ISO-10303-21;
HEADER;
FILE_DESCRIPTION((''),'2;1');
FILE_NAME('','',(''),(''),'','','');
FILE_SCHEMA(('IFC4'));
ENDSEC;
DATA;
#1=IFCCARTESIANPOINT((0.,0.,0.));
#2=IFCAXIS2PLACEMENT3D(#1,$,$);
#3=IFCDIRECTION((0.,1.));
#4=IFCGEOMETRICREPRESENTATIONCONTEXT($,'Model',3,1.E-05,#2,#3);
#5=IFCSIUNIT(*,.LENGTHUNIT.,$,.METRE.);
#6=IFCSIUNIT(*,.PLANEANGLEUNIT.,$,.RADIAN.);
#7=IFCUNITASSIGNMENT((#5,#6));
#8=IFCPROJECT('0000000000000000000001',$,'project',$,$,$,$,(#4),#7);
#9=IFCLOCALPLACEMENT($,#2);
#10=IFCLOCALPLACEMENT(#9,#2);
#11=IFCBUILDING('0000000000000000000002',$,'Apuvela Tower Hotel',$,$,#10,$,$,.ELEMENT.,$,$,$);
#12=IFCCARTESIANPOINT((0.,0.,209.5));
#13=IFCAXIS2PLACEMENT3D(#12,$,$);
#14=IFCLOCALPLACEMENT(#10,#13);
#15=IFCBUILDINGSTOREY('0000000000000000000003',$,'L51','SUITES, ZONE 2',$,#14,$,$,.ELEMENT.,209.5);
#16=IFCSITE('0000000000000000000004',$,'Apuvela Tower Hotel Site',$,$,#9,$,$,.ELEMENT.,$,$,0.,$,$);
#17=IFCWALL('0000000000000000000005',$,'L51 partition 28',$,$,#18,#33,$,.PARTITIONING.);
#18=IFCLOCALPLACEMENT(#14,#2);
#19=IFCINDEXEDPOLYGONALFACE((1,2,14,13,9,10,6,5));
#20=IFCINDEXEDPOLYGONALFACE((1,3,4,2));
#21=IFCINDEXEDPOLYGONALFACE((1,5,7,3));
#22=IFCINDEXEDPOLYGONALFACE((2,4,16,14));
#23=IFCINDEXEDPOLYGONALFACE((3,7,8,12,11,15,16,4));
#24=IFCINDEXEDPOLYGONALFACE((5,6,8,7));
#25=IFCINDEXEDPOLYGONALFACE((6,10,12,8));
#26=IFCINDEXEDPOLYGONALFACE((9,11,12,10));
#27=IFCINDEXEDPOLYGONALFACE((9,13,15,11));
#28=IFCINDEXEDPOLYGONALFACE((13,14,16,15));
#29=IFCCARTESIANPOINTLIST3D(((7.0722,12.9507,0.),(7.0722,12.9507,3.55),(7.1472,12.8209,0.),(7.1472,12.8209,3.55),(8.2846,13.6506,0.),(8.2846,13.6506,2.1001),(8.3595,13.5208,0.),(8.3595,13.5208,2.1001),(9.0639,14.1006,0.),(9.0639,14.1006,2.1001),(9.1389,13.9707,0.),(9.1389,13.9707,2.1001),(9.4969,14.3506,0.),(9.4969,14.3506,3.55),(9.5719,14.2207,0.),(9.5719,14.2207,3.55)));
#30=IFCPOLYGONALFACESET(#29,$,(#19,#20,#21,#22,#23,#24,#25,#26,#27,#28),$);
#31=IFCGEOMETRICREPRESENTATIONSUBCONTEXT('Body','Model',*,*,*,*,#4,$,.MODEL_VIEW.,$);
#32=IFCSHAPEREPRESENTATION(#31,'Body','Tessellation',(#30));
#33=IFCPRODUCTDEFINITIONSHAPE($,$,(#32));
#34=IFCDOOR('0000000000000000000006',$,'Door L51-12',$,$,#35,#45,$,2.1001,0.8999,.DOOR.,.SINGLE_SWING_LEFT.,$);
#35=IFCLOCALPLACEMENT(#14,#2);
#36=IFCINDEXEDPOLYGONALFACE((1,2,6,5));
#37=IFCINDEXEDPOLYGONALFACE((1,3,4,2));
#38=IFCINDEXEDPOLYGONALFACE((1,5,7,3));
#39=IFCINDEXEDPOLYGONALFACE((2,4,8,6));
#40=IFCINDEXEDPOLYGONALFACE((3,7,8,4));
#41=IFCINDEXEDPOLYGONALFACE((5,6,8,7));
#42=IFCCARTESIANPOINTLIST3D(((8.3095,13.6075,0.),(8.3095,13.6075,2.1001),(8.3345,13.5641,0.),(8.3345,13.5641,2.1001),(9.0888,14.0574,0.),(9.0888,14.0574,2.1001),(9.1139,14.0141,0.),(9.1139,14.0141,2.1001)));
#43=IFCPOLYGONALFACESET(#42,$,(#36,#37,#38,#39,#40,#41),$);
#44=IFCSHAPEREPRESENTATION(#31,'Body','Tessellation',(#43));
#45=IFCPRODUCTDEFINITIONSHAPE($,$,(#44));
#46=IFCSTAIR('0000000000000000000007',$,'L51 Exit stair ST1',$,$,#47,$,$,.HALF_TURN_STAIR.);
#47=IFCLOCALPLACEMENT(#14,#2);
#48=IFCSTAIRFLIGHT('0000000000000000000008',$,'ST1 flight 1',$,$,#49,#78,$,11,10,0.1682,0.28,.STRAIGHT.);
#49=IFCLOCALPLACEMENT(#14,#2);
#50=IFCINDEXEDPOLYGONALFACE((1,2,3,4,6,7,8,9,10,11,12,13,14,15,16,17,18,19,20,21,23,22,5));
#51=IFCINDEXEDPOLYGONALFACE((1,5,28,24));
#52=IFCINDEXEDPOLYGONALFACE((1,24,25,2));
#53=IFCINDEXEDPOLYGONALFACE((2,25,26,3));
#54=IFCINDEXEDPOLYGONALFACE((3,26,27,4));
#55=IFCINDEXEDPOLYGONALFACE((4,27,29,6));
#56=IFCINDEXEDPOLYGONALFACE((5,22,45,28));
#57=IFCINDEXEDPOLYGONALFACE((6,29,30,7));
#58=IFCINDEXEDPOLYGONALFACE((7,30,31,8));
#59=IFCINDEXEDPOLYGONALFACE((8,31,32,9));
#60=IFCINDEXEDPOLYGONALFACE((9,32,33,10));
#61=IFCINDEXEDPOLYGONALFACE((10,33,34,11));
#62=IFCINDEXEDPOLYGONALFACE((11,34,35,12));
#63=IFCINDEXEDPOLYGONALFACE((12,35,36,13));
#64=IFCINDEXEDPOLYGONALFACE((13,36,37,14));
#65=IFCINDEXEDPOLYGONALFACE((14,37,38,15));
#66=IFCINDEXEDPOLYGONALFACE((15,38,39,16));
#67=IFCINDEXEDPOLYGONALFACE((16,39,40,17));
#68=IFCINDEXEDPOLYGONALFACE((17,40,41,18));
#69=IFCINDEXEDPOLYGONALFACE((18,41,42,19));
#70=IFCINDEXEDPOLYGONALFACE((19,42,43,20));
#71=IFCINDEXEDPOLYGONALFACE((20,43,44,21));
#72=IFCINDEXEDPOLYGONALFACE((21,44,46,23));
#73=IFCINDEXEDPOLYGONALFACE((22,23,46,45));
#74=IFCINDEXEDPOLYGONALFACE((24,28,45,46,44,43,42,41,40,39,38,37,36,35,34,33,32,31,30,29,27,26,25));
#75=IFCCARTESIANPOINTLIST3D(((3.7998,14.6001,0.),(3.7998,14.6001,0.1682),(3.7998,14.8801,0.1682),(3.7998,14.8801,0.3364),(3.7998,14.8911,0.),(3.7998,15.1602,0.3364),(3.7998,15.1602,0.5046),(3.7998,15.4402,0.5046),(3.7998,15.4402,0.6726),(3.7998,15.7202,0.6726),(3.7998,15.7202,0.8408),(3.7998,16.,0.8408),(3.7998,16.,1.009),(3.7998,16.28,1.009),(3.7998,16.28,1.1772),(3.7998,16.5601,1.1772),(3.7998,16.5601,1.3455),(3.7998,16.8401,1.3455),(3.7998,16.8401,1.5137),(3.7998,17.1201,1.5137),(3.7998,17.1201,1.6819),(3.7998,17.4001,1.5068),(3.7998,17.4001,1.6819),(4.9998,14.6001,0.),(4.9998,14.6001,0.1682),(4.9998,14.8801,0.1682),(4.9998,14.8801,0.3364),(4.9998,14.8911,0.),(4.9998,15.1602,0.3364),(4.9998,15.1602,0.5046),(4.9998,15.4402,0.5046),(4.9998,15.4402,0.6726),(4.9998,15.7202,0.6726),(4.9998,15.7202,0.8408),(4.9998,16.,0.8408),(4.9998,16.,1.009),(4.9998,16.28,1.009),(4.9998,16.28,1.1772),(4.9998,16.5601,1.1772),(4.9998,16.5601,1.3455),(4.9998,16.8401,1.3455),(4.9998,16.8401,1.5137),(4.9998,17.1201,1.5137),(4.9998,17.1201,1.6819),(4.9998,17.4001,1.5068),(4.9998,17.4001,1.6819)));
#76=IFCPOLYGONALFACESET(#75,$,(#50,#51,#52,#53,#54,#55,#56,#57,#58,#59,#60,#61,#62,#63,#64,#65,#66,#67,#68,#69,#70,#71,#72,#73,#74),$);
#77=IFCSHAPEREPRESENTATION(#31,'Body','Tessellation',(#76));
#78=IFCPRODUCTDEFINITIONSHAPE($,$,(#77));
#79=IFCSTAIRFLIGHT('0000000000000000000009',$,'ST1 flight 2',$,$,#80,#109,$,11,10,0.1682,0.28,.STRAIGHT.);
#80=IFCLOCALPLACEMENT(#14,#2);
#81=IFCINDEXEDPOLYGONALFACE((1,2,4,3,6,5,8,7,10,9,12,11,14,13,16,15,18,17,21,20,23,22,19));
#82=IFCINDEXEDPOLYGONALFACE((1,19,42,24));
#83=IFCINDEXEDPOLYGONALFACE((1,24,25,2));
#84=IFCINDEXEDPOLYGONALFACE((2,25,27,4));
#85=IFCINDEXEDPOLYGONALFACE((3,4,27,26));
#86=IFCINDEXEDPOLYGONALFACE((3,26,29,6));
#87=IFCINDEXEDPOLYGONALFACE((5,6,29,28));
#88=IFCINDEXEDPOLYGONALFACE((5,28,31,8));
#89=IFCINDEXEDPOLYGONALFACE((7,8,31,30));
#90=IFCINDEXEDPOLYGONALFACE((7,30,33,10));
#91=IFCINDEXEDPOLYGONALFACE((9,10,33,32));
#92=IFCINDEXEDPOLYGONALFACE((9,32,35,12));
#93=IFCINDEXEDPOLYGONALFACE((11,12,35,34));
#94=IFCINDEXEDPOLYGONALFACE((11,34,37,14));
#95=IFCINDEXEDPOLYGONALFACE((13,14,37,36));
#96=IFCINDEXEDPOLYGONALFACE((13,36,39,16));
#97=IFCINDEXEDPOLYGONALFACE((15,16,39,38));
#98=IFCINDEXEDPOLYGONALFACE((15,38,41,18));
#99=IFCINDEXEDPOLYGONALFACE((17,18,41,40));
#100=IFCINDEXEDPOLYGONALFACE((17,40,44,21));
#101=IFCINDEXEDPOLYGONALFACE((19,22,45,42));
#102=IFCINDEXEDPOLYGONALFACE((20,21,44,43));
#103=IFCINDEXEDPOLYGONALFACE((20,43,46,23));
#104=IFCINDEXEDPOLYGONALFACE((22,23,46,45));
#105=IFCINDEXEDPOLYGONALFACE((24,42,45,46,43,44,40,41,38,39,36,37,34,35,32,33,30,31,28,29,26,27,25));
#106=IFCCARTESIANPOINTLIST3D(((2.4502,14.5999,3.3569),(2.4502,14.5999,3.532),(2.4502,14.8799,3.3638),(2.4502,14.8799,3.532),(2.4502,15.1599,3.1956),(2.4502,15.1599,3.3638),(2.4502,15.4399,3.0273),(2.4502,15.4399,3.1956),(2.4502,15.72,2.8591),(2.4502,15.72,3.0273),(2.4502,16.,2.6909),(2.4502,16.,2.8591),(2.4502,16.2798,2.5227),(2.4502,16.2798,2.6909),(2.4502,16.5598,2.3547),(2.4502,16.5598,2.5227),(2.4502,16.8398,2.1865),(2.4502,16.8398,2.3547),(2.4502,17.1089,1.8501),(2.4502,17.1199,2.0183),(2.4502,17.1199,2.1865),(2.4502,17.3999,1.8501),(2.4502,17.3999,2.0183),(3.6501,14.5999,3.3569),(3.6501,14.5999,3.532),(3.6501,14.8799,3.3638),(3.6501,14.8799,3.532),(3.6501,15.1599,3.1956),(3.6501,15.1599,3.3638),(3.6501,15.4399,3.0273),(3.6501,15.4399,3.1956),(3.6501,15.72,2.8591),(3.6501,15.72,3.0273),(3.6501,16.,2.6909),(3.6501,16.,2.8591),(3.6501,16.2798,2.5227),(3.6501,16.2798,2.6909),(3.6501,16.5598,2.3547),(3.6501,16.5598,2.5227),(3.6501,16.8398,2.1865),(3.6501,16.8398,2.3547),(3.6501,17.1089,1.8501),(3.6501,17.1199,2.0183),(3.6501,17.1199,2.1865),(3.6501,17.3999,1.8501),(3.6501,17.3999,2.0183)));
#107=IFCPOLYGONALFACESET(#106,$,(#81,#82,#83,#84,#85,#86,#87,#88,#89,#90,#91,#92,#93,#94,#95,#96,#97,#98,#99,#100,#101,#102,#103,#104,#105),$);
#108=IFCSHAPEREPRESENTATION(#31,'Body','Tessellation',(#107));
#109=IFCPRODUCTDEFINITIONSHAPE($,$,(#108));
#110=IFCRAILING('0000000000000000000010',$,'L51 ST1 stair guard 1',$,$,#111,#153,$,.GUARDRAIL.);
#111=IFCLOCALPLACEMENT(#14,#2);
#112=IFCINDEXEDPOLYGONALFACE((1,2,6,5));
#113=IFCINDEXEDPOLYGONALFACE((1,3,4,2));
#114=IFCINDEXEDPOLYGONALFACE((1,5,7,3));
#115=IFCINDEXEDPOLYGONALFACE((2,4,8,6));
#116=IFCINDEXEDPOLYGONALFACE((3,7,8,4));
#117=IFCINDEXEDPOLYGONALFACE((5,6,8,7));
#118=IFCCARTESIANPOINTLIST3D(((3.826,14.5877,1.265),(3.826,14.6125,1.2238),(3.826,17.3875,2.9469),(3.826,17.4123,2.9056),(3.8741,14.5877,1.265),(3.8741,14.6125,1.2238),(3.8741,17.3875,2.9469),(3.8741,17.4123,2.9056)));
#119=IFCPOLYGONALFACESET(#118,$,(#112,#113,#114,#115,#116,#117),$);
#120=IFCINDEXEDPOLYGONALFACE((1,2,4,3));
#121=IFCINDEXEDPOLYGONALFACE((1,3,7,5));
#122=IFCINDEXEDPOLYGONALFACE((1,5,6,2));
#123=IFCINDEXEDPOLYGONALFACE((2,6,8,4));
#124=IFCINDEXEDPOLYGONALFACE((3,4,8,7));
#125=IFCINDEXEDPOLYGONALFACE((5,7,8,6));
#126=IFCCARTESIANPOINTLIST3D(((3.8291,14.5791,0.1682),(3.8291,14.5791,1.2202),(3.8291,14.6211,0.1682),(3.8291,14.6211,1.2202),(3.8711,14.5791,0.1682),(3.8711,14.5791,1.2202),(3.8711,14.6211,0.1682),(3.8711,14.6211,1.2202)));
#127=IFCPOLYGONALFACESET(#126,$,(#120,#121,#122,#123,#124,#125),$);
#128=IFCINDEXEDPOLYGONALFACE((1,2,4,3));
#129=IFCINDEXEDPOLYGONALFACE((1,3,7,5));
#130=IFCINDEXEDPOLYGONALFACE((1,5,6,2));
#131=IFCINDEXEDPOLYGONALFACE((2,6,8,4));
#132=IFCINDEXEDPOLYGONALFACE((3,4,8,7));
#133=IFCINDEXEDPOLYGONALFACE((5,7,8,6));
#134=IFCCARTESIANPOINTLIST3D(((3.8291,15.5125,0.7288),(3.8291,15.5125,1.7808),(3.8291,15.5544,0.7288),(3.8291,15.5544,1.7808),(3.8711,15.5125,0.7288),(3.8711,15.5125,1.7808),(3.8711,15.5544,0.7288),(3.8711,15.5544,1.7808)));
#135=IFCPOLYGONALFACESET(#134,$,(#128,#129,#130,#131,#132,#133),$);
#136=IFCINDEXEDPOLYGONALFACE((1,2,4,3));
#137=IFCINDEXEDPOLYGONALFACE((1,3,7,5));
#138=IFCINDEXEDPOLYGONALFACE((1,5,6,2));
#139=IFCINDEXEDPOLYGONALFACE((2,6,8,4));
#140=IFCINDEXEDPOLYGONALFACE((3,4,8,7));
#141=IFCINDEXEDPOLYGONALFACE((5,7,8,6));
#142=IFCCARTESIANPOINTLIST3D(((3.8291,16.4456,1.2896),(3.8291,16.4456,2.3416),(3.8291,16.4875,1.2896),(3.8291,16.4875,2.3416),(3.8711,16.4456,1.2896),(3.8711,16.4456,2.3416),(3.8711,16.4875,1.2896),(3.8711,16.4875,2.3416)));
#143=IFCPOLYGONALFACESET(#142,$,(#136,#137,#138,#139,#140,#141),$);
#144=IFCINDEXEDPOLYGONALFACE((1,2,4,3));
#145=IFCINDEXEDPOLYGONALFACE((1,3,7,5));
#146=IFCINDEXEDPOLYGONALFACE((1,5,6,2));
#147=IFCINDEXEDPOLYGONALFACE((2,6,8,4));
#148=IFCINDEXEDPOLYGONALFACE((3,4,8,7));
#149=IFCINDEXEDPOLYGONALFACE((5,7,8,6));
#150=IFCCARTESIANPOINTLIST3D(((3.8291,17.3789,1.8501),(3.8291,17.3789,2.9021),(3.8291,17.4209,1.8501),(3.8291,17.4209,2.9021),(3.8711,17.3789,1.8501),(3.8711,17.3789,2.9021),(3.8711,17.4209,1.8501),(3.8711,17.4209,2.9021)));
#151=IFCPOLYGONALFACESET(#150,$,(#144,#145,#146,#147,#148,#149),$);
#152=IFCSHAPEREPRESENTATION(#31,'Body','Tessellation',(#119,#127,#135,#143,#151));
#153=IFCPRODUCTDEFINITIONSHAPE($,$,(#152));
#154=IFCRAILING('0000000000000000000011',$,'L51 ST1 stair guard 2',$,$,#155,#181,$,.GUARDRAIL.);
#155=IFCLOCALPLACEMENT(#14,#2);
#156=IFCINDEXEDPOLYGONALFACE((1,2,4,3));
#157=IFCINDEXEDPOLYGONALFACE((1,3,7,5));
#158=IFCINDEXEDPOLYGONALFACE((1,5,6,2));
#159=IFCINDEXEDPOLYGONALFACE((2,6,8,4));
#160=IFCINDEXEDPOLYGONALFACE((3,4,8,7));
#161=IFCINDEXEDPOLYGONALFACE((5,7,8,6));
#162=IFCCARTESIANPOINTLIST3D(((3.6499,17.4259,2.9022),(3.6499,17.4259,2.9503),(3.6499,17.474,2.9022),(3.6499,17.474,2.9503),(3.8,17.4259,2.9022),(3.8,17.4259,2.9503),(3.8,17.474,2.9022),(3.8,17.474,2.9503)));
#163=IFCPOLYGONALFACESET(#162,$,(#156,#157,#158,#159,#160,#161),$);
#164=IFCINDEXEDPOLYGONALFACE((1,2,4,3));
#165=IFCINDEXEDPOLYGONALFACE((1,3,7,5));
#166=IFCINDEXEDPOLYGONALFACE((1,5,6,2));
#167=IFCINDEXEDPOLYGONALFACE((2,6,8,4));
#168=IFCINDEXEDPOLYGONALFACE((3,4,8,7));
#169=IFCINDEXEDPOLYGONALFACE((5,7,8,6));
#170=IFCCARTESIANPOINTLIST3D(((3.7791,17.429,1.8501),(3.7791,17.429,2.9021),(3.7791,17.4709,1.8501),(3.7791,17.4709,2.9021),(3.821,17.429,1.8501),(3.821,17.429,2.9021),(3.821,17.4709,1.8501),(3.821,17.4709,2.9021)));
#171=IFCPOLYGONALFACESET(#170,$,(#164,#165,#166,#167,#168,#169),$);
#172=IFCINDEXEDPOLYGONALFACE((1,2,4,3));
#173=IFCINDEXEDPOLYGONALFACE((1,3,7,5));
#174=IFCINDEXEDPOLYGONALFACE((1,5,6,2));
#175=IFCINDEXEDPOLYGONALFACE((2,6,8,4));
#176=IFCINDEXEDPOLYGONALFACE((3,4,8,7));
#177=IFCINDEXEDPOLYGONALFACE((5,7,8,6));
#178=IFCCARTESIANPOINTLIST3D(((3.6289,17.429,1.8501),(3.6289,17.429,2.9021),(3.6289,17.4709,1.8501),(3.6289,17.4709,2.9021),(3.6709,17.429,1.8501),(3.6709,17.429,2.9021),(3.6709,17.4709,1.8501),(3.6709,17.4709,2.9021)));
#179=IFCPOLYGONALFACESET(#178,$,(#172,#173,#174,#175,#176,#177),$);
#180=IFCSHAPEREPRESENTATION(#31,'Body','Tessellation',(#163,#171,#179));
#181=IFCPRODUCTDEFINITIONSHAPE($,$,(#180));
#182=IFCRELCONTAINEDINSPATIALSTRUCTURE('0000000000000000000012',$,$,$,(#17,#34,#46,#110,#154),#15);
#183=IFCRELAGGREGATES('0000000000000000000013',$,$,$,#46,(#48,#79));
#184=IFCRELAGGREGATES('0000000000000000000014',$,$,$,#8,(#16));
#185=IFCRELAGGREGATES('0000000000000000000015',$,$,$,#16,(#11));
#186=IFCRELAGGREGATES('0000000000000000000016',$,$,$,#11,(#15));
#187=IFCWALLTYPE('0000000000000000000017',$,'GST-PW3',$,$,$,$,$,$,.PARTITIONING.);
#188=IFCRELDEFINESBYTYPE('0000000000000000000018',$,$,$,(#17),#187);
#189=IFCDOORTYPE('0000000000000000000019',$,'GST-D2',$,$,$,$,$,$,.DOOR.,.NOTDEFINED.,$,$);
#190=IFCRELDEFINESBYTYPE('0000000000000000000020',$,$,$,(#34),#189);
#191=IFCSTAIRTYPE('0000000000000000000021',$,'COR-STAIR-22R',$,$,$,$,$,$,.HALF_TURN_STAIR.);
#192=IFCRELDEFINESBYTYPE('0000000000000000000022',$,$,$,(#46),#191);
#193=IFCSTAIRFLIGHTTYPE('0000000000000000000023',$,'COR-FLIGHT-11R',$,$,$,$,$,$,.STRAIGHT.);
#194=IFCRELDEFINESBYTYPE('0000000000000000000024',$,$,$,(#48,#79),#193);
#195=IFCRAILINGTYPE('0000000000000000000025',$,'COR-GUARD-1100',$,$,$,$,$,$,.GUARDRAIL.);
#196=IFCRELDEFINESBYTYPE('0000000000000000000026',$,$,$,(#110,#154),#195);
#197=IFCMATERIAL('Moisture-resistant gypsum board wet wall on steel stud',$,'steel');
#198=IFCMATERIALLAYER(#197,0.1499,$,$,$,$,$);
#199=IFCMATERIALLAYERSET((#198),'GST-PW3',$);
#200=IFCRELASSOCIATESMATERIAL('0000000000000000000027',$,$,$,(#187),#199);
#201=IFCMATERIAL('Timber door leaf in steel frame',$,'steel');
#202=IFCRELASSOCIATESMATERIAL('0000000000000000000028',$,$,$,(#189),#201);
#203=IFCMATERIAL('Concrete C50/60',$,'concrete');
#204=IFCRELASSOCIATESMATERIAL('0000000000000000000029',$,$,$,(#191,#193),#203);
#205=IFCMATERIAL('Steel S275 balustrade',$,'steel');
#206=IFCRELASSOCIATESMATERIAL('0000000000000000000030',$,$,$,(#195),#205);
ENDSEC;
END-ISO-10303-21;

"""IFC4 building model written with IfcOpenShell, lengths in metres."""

from ifc_helpers import new_model, si_unit, direction, frame, frame_2d, origin, origin_2d, place, context, subcontext, project, spatial, polyline, rectangle, outline, extrude, material, layer, layer_set, type_object, element, fill, aggregate, save


model = new_model("IFC4")

# Units and contexts
model_context = context("Model", 3, precision=1e-05, world=origin(), true_north=direction((0.0, 1.0)))
body_context = subcontext(model_context, "Body", "Model", "MODEL_VIEW")
ifc_project = project(units=[si_unit("LENGTHUNIT", "METRE"), si_unit("PLANEANGLEUNIT", "RADIAN")], contexts=[model_context])

# Site, building, storey
site_placement = place(None, origin())
site = spatial("IfcSite", under=ifc_project, at=site_placement, Name="Apuvela Tower Hotel Site", CompositionType="ELEMENT", RefElevation=0.0)
building_placement = place(site_placement, origin())
building = spatial("IfcBuilding", under=site, at=building_placement, Name="Apuvela Tower Hotel", CompositionType="ELEMENT")
storey_placement = place(building_placement, frame((0.0, 0.0, 209.5)))
storey = spatial("IfcBuildingStorey", under=building, at=storey_placement, Name="L51", Description="SUITES, ZONE 2", CompositionType="ELEMENT", Elevation=209.5)

# Shared definitions
ifc_material_1 = material(Name="Concrete C50/60", Category="concrete")

# Wall, opening, door
ifc_material_2 = material(Name="Moisture-resistant gypsum board wet wall on steel stud", Category="steel")
ifc_layer_1 = layer(ifc_material_2, 0.1499)
ifc_layer_set_1 = layer_set([ifc_layer_1], Name="GST-PW3")
wall_type_1 = type_object("IfcWallType", Name="GST-PW3", PredefinedType="PARTITIONING", material=ifc_layer_set_1)
wall_1_placement = place(storey_placement, frame((9.5344, 14.2856, 0.0), z_axis=(0.0, 0.0, 1.0), x_axis=(-0.866035, -0.499984, 0.0)))
wall_1 = element("IfcWall", 1, at=wall_1_placement, inside=storey, type_object=wall_type_1, Name="L51 partition 28", PredefinedType="PARTITIONING", context=body_context, shape_type="SweptSolid", body=[
    extrude(rectangle(XDim=2.7998, YDim=0.1499, at=frame_2d((1.3999, 0.0))), origin(), (0.0, 0.0, 1.0), 3.55),
])
opening_1_placement = place(wall_1_placement, frame((0.5, 0.0, 0.0)))
opening_1 = element("IfcOpeningElement", 2, at=opening_1_placement, cuts=wall_1, PredefinedType="OPENING", context=body_context, shape_type="SweptSolid", body=[
    extrude(rectangle(XDim=0.8999, YDim=2.1001, at=frame_2d((0.45, 1.05))), frame((0.0, 0.085, 0.0), z_axis=(0.0, -1.0, 0.0), x_axis=(1.0, 0.0, 0.0)), (0.0, 0.0, 1.0), 0.1699),
])
ifc_material_3 = material(Name="Timber door leaf in steel frame", Category="steel")
door_type_1 = type_object("IfcDoorType", Name="GST-D2", OperationType="NOTDEFINED", PredefinedType="DOOR", material=ifc_material_3)
door_1_placement = place(opening_1_placement, origin())
door_1 = element("IfcDoor", 3, at=door_1_placement, inside=storey, type_object=door_type_1, Name="Door L51-12", OperationType="SINGLE_SWING_LEFT", OverallHeight=2.1001, OverallWidth=0.8999, PredefinedType="DOOR", context=body_context, shape_type="SweptSolid", body=[
    extrude(rectangle(XDim=0.8999, YDim=2.1001, at=frame_2d((0.45, 1.05))), frame((0.0, 0.0249, 0.0), z_axis=(0.0, -1.0, 0.0), x_axis=(1.0, 0.0, 0.0)), (0.0, 0.0, 1.0), 0.05),
])
fill(opening_1, door_1)

# Stair, stair flights
stair_type = type_object("IfcStairType", Name="COR-STAIR-22R", PredefinedType="HALF_TURN_STAIR", material=ifc_material_1)
stair_placement = place(storey_placement, origin())
stair = element("IfcStair", 4, at=stair_placement, inside=storey, type_object=stair_type, Name="L51 Exit stair ST1", PredefinedType="HALF_TURN_STAIR")
stair_flight_type = type_object("IfcStairFlightType", Name="COR-FLIGHT-11R", PredefinedType="STRAIGHT", material=ifc_material_1)
stair_flight_1_placement = place(storey_placement, frame((4.3999, 14.6001, 0.0), z_axis=(0.0, 0.0, 1.0), x_axis=(0.0, 1.0, 0.0)))
stair_flight_1 = element("IfcStairFlight", 5, at=stair_flight_1_placement, type_object=stair_flight_type, Name="ST1 flight 1", NumberOfRisers=11, NumberOfTreads=10, PredefinedType="STRAIGHT", RiserHeight=0.1682, TreadLength=0.28, context=body_context, shape_type="SweptSolid", body=[
    extrude(outline(polyline([(0.0, 0.0), (0.0, 0.1682), (0.28, 0.1682), (0.28, 0.3364), (0.5601, 0.3364), (0.5601, 0.5046), (0.8401, 0.5046), (0.8401, 0.6726), (1.1201, 0.6726), (1.1201, 0.8408), (1.3999, 0.8408), (1.3999, 1.009), (1.6799, 1.009), (1.6799, 1.1772), (1.96, 1.1772), (1.96, 1.3455), (2.24, 1.3455), (2.24, 1.5137), (2.52, 1.5137), (2.52, 1.6819), (2.8, 1.6819), (2.8, 1.8501), (2.8, 1.5068), (0.291, 0.0), (0.0, 0.0)])), frame((0.0, 0.6001, 0.0), z_axis=(0.0, -1.0, 0.0), x_axis=(1.0, 0.0, 0.0)), (0.0, 0.0, 1.0), 1.2),
])
stair_flight_2_placement = place(storey_placement, frame((3.05, 17.3999, 1.8501), z_axis=(0.0, 0.0, 1.0), x_axis=(0.0, -1.0, 0.0)))
stair_flight_2 = element("IfcStairFlight", 6, at=stair_flight_2_placement, type_object=stair_flight_type, Name="ST1 flight 2", NumberOfRisers=11, NumberOfTreads=10, PredefinedType="STRAIGHT", RiserHeight=0.1682, TreadLength=0.28, context=body_context, shape_type="SweptSolid", body=[
    extrude(outline(polyline([(0.0, 0.0), (0.0, 0.1682), (0.28, 0.1682), (0.28, 0.3364), (0.5601, 0.3364), (0.5601, 0.5046), (0.8401, 0.5046), (0.8401, 0.6726), (1.1201, 0.6726), (1.1201, 0.8408), (1.3999, 0.8408), (1.3999, 1.009), (1.6799, 1.009), (1.6799, 1.1772), (1.96, 1.1772), (1.96, 1.3455), (2.24, 1.3455), (2.24, 1.5137), (2.52, 1.5137), (2.52, 1.6819), (2.8, 1.6819), (2.8, 1.8501), (2.8, 1.5068), (0.291, 0.0), (0.0, 0.0)])), frame((0.0, 0.6001, 0.0), z_axis=(0.0, -1.0, 0.0), x_axis=(1.0, 0.0, 0.0)), (0.0, 0.0, 1.0), 1.2),
])
aggregate(stair, [stair_flight_1, stair_flight_2])

# Railings
ifc_material_4 = material(Name="Steel S275 balustrade", Category="steel")
railing_type_1 = type_object("IfcRailingType", Name="COR-GUARD-1100", PredefinedType="GUARDRAIL", material=ifc_material_4)
railing_1_placement = place(storey_placement, frame((3.8501, 14.6001, 0.1682)))
element("IfcRailing", 7, at=railing_1_placement, inside=storey, type_object=railing_type_1, Name="L51 ST1 stair guard 1", PredefinedType="GUARDRAIL", context=body_context, shape_type="SweptSolid", body=[
    extrude(rectangle(XDim=0.0481, YDim=0.0481, at=origin_2d()), frame((0.0, 0.0, 1.0762), z_axis=(0.0, 0.857222, 0.514946), x_axis=(-1.0, 0.0, 0.0)), (0.0, 0.0, 1.0), 3.2661),
    extrude(rectangle(XDim=0.042, YDim=0.042, at=origin_2d()), origin(), (0.0, 0.0, 1.0), 1.052),
    extrude(rectangle(XDim=0.042, YDim=0.042, at=origin_2d()), frame((0.0, 0.9333, 0.5605)), (0.0, 0.0, 1.0), 1.052),
    extrude(rectangle(XDim=0.042, YDim=0.042, at=origin_2d()), frame((0.0, 1.8665, 1.1213)), (0.0, 0.0, 1.0), 1.052),
    extrude(rectangle(XDim=0.042, YDim=0.042, at=origin_2d()), frame((0.0, 2.7998, 1.6819)), (0.0, 0.0, 1.0), 1.052),
])
railing_2_placement = place(storey_placement, frame((3.8, 17.45, 1.8501)))
element("IfcRailing", 8, at=railing_2_placement, inside=storey, type_object=railing_type_1, Name="L51 ST1 stair guard 2", PredefinedType="GUARDRAIL", context=body_context, shape_type="SweptSolid", body=[
    extrude(rectangle(XDim=0.0481, YDim=0.0481, at=origin_2d()), frame((0.0, 0.0, 1.0762), z_axis=(-1.0, 0.0, 0.0), x_axis=(0.0, -1.0, 0.0)), (0.0, 0.0, 1.0), 0.1501),
    extrude(rectangle(XDim=0.042, YDim=0.042, at=origin_2d()), origin(), (0.0, 0.0, 1.0), 1.052),
    extrude(rectangle(XDim=0.042, YDim=0.042, at=origin_2d()), frame((-0.1501, 0.0, 0.0)), (0.0, 0.0, 1.0), 1.052),
])

save(model, "model.ifc")
